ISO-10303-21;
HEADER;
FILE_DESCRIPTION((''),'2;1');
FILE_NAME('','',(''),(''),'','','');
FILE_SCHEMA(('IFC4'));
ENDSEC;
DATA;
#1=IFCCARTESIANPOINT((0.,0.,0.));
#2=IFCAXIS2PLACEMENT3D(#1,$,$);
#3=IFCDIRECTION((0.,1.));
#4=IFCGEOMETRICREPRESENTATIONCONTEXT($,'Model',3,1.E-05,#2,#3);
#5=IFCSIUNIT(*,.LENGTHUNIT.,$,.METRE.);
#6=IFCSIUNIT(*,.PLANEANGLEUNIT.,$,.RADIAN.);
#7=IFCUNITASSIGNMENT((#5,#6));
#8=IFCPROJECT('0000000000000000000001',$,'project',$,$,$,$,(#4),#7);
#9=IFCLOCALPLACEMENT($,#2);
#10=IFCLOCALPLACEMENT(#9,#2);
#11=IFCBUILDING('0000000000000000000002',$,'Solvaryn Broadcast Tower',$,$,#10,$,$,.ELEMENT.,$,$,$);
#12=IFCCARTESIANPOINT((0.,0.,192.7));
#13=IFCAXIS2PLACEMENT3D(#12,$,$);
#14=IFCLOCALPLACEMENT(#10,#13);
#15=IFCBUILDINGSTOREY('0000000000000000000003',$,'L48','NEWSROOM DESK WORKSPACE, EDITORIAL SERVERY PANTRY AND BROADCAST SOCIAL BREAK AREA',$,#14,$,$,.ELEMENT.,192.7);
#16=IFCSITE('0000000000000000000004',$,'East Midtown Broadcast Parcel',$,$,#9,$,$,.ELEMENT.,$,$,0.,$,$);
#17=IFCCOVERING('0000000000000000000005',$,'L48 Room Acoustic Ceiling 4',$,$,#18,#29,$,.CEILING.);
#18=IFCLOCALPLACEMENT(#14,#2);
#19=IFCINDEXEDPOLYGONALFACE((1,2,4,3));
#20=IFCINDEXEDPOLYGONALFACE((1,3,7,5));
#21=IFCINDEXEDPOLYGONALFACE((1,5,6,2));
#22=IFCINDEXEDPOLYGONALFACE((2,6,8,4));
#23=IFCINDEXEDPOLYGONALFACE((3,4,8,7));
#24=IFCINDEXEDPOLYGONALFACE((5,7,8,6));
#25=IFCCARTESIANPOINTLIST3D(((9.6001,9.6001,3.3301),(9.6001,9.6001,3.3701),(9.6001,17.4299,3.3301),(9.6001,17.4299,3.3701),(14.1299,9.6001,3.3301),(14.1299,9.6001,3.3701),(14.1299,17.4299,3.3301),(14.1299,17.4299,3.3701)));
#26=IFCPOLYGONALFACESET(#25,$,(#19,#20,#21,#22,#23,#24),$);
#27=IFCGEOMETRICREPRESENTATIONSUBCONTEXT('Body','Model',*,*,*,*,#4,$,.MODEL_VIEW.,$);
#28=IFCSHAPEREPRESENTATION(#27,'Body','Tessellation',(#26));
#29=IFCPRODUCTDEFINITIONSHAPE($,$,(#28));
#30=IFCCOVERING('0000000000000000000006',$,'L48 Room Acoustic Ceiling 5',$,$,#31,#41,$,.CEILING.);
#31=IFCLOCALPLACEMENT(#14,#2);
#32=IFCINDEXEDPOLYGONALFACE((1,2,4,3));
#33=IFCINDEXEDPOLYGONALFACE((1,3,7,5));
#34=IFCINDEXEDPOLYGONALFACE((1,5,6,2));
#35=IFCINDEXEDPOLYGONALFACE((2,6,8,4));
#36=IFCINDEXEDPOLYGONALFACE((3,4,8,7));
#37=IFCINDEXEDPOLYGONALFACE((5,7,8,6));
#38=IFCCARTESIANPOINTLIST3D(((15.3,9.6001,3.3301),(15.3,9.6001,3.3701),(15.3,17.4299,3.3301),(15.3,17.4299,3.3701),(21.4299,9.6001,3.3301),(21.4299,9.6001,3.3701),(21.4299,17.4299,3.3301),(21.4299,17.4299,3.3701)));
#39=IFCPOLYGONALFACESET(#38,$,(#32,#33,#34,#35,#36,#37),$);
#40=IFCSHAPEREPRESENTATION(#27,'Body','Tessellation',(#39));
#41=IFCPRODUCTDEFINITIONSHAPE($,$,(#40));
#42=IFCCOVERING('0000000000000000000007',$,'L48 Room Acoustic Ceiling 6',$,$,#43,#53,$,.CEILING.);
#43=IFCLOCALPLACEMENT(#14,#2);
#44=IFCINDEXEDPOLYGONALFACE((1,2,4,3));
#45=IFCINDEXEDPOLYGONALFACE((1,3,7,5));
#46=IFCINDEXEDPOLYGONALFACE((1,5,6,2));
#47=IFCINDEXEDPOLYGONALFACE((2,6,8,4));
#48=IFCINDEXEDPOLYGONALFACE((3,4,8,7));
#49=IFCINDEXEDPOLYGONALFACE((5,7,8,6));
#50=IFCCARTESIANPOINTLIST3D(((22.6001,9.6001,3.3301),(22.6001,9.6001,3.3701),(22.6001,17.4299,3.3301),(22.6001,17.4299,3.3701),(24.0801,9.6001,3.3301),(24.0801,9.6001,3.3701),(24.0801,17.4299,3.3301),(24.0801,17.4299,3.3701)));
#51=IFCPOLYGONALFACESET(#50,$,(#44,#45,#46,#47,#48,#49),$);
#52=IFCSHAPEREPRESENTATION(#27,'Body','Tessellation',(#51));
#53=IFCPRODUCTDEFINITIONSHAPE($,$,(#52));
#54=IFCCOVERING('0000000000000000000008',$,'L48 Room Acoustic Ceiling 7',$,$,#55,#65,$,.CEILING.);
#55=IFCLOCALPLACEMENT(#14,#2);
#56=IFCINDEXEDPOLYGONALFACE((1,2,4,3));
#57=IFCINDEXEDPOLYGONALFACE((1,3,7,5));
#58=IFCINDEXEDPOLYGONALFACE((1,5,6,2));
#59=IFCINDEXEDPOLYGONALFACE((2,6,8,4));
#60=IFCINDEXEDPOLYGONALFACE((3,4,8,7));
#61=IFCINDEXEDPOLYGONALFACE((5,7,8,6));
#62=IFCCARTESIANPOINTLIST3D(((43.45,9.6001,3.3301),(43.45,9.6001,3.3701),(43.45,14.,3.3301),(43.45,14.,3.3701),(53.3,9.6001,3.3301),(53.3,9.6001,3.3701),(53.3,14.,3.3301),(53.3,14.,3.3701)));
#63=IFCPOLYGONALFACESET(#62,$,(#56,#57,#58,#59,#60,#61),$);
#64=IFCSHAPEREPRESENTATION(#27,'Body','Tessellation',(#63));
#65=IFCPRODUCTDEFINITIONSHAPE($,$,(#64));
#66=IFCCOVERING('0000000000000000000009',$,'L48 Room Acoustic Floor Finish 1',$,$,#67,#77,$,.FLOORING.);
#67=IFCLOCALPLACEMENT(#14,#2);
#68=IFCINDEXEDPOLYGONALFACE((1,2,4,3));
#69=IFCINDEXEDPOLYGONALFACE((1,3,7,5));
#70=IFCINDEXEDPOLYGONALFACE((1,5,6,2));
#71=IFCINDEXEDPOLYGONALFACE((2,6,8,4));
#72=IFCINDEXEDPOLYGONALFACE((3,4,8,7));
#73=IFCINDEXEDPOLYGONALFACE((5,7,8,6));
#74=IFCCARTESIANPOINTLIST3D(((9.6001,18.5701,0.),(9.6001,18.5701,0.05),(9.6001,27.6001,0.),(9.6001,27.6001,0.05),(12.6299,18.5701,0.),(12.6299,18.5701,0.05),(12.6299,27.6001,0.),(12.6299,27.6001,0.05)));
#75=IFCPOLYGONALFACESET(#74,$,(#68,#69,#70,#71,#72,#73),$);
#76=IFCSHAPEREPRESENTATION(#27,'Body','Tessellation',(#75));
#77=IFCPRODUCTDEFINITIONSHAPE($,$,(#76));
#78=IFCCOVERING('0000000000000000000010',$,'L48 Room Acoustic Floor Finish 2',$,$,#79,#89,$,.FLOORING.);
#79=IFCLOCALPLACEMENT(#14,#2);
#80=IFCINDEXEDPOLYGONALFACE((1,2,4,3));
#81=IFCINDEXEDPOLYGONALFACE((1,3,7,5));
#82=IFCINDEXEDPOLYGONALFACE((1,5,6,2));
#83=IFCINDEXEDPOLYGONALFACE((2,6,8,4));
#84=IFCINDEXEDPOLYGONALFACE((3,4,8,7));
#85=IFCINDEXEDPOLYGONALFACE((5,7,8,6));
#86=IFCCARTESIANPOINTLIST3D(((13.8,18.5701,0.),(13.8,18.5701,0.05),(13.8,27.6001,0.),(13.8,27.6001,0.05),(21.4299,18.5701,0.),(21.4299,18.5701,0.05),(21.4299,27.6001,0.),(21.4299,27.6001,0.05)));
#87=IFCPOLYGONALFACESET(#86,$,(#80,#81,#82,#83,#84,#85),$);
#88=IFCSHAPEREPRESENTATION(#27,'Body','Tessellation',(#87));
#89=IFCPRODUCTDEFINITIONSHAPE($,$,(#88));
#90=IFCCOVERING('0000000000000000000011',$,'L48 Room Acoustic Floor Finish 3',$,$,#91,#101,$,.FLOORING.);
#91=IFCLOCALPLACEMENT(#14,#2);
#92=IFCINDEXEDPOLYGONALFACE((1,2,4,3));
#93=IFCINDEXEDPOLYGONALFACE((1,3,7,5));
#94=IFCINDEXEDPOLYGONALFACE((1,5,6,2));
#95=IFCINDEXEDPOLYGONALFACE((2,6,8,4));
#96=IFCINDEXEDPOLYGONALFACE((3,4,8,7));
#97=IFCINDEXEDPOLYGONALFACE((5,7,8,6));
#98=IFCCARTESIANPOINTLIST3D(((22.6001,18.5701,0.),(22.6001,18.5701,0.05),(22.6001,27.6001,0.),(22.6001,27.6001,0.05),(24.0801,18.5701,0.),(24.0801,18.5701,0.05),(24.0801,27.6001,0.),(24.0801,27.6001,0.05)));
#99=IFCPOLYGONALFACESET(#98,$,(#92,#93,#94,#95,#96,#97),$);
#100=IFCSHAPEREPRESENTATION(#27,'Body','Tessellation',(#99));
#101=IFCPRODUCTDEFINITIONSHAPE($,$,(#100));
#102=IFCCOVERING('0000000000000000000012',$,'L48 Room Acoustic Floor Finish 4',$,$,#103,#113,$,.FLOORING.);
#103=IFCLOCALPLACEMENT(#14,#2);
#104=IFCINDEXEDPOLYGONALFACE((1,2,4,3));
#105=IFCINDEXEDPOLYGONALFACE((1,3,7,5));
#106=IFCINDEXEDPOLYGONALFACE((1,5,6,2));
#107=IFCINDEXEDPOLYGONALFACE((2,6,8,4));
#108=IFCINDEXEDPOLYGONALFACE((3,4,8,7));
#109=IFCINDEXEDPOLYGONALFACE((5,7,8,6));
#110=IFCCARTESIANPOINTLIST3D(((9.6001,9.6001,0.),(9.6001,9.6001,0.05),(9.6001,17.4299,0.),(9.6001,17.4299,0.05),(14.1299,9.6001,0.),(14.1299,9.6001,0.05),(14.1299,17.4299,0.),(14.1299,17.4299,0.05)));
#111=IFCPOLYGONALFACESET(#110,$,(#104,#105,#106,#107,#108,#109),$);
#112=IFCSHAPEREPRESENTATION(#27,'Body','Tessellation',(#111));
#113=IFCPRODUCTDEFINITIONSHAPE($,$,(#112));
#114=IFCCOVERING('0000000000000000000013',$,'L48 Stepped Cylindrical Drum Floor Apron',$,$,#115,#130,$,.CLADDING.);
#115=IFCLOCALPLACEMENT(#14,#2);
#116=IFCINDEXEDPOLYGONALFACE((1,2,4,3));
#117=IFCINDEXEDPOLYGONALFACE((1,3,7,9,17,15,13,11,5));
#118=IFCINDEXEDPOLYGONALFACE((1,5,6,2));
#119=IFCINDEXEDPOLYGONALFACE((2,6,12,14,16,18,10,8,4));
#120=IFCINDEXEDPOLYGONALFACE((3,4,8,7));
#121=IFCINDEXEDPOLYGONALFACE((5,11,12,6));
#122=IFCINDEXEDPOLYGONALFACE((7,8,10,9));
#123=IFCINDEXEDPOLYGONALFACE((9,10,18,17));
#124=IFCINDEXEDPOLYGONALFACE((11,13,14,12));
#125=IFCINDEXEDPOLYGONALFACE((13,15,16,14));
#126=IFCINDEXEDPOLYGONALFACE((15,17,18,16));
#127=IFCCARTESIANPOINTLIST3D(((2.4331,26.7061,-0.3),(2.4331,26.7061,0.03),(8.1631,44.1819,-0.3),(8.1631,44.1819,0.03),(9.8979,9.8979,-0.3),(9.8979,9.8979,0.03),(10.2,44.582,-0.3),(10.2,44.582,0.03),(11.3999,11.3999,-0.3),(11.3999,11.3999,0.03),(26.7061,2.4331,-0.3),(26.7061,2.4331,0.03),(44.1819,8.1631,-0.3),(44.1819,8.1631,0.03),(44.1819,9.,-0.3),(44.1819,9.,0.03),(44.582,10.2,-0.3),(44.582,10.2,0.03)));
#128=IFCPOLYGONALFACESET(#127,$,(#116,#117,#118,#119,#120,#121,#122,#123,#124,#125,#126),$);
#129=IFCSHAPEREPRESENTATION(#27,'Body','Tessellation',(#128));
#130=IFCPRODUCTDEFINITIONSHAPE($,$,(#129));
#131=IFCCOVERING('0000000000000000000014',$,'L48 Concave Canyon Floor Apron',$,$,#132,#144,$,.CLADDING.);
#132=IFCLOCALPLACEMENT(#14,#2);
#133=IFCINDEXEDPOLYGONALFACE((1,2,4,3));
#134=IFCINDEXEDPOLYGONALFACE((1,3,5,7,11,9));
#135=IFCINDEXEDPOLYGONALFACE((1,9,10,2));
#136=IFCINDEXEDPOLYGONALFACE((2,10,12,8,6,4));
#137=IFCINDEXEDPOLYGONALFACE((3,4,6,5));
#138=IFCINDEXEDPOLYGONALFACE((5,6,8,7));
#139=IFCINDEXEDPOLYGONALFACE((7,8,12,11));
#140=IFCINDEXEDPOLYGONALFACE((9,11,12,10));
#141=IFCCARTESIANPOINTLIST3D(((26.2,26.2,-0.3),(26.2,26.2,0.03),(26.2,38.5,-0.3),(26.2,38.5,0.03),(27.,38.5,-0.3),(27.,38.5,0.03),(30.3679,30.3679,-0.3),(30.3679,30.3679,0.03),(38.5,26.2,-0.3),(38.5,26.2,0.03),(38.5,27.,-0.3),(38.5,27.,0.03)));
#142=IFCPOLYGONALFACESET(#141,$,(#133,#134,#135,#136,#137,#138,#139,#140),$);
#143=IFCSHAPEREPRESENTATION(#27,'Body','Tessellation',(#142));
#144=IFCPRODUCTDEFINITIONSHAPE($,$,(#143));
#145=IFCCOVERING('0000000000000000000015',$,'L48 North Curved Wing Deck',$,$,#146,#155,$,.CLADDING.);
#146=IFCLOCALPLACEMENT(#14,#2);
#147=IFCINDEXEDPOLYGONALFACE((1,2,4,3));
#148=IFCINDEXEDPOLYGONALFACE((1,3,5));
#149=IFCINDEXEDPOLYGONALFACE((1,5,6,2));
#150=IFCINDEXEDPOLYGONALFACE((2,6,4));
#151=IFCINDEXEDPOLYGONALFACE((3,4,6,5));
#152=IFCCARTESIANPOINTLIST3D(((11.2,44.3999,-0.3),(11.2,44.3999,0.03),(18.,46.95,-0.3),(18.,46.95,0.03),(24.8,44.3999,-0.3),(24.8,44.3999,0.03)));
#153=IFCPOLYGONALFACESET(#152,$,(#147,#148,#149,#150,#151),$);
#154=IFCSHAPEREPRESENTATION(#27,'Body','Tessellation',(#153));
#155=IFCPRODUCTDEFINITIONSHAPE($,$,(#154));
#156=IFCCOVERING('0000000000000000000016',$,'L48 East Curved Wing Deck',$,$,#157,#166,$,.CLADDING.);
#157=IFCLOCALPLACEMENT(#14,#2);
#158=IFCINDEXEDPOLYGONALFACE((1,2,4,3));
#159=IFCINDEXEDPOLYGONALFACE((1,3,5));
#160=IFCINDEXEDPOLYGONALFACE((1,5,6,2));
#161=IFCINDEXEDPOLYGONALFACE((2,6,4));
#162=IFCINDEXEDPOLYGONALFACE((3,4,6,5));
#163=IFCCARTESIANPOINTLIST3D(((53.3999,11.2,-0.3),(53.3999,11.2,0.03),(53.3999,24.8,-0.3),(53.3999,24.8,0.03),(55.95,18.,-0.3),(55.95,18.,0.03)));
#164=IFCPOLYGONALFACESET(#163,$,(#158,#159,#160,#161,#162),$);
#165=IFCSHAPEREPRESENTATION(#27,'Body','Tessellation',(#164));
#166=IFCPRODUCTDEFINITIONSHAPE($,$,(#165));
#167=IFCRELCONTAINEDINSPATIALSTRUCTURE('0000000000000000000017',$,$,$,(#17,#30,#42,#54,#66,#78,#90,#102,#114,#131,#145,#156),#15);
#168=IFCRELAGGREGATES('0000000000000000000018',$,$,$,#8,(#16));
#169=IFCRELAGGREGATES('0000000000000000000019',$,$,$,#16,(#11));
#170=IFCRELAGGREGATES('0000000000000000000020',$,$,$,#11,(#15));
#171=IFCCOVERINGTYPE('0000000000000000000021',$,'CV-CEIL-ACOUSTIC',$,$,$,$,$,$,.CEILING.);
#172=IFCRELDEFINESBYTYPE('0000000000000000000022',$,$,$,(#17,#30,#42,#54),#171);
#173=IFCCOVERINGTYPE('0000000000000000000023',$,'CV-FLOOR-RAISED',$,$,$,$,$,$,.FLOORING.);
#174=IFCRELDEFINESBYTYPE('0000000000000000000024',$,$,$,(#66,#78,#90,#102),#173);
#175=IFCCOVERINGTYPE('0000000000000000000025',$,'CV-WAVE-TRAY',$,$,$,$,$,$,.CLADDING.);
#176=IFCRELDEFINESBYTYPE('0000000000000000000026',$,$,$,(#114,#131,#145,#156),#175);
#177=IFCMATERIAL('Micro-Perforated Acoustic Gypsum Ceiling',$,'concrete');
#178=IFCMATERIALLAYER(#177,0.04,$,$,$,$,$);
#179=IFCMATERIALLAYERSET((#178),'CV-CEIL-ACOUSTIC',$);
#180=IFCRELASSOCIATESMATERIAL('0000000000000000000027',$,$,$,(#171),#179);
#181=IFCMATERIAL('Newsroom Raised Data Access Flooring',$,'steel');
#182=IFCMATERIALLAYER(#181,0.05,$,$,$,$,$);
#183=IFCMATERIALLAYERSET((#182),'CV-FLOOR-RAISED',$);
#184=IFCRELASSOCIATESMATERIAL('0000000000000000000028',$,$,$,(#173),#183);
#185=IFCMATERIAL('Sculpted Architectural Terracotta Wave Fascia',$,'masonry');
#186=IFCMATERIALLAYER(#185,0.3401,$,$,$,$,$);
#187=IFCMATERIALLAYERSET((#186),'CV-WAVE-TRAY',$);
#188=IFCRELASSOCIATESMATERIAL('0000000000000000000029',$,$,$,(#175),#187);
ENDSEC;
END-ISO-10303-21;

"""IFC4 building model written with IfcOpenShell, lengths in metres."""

from ifc_helpers import new_model, si_unit, direction, frame, origin, place, context, subcontext, project, spatial, polyline, outline, extrude, material, layer, layer_set, type_object, element, save


model = new_model("IFC4")

# Units and contexts
model_context = context("Model", 3, precision=1e-05, world=origin(), true_north=direction((0.0, 1.0)))
body_context = subcontext(model_context, "Body", "Model", "MODEL_VIEW")
ifc_project = project(units=[si_unit("LENGTHUNIT", "METRE"), si_unit("PLANEANGLEUNIT", "RADIAN")], contexts=[model_context])

# Site, building, storey
site_placement = place(None, origin())
site = spatial("IfcSite", under=ifc_project, at=site_placement, Name="East Midtown Broadcast Parcel", CompositionType="ELEMENT", RefElevation=0.0)
building_placement = place(site_placement, origin())
building = spatial("IfcBuilding", under=site, at=building_placement, Name="Solvaryn Broadcast Tower", CompositionType="ELEMENT")
storey_placement = place(building_placement, frame((0.0, 0.0, 192.7)))
storey = spatial("IfcBuildingStorey", under=building, at=storey_placement, Name="L48", Description="NEWSROOM DESK WORKSPACE, EDITORIAL SERVERY PANTRY AND BROADCAST SOCIAL BREAK AREA", CompositionType="ELEMENT", Elevation=192.7)

# Coverings
ifc_material_1 = material(Name="Micro-Perforated Acoustic Gypsum Ceiling", Category="concrete")
ifc_layer_1 = layer(ifc_material_1, 0.04)
ifc_layer_set_1 = layer_set([ifc_layer_1], Name="CV-CEIL-ACOUSTIC")
covering_type_1 = type_object("IfcCoveringType", Name="CV-CEIL-ACOUSTIC", PredefinedType="CEILING", material=ifc_layer_set_1)
covering_1_placement = place(storey_placement, frame((0.0, 0.0, 3.3301)))
element("IfcCovering", 1, at=covering_1_placement, inside=storey, type_object=covering_type_1, Name="L48 Room Acoustic Ceiling 4", PredefinedType="CEILING", context=body_context, shape_type="SweptSolid", body=[
    extrude(outline(polyline([(9.6001, 9.6001), (14.1299, 9.6001), (14.1299, 17.4299), (9.6001, 17.4299), (9.6001, 9.6001)])), origin(), (0.0, 0.0, 1.0), 0.04),
])
covering_2_placement = place(storey_placement, frame((0.0, 0.0, 3.3301)))
element("IfcCovering", 2, at=covering_2_placement, inside=storey, type_object=covering_type_1, Name="L48 Room Acoustic Ceiling 5", PredefinedType="CEILING", context=body_context, shape_type="SweptSolid", body=[
    extrude(outline(polyline([(15.3, 9.6001), (21.4299, 9.6001), (21.4299, 17.4299), (15.3, 17.4299), (15.3, 9.6001)])), origin(), (0.0, 0.0, 1.0), 0.04),
])
covering_3_placement = place(storey_placement, frame((0.0, 0.0, 3.3301)))
element("IfcCovering", 3, at=covering_3_placement, inside=storey, type_object=covering_type_1, Name="L48 Room Acoustic Ceiling 6", PredefinedType="CEILING", context=body_context, shape_type="SweptSolid", body=[
    extrude(outline(polyline([(22.6001, 9.6001), (24.0801, 9.6001), (24.0801, 17.4299), (22.6001, 17.4299), (22.6001, 9.6001)])), origin(), (0.0, 0.0, 1.0), 0.04),
])
covering_4_placement = place(storey_placement, frame((0.0, 0.0, 3.3301)))
element("IfcCovering", 4, at=covering_4_placement, inside=storey, type_object=covering_type_1, Name="L48 Room Acoustic Ceiling 7", PredefinedType="CEILING", context=body_context, shape_type="SweptSolid", body=[
    extrude(outline(polyline([(43.45, 9.6001), (53.3, 9.6001), (53.3, 14.0), (43.45, 14.0), (43.45, 9.6001)])), origin(), (0.0, 0.0, 1.0), 0.04),
])
ifc_material_2 = material(Name="Newsroom Raised Data Access Flooring", Category="steel")
ifc_layer_2 = layer(ifc_material_2, 0.05)
ifc_layer_set_2 = layer_set([ifc_layer_2], Name="CV-FLOOR-RAISED")
covering_type_2 = type_object("IfcCoveringType", Name="CV-FLOOR-RAISED", PredefinedType="FLOORING", material=ifc_layer_set_2)
covering_5_placement = place(storey_placement, origin())
element("IfcCovering", 5, at=covering_5_placement, inside=storey, type_object=covering_type_2, Name="L48 Room Acoustic Floor Finish 1", PredefinedType="FLOORING", context=body_context, shape_type="SweptSolid", body=[
    extrude(outline(polyline([(9.6001, 18.5701), (12.6299, 18.5701), (12.6299, 27.6001), (9.6001, 27.6001), (9.6001, 18.5701)])), origin(), (0.0, 0.0, 1.0), 0.05),
])
covering_6_placement = place(storey_placement, origin())
element("IfcCovering", 6, at=covering_6_placement, inside=storey, type_object=covering_type_2, Name="L48 Room Acoustic Floor Finish 2", PredefinedType="FLOORING", context=body_context, shape_type="SweptSolid", body=[
    extrude(outline(polyline([(13.8, 18.5701), (21.4299, 18.5701), (21.4299, 27.6001), (13.8, 27.6001), (13.8, 18.5701)])), origin(), (0.0, 0.0, 1.0), 0.05),
])
covering_7_placement = place(storey_placement, origin())
element("IfcCovering", 7, at=covering_7_placement, inside=storey, type_object=covering_type_2, Name="L48 Room Acoustic Floor Finish 3", PredefinedType="FLOORING", context=body_context, shape_type="SweptSolid", body=[
    extrude(outline(polyline([(22.6001, 18.5701), (24.0801, 18.5701), (24.0801, 27.6001), (22.6001, 27.6001), (22.6001, 18.5701)])), origin(), (0.0, 0.0, 1.0), 0.05),
])
covering_8_placement = place(storey_placement, origin())
element("IfcCovering", 8, at=covering_8_placement, inside=storey, type_object=covering_type_2, Name="L48 Room Acoustic Floor Finish 4", PredefinedType="FLOORING", context=body_context, shape_type="SweptSolid", body=[
    extrude(outline(polyline([(9.6001, 9.6001), (14.1299, 9.6001), (14.1299, 17.4299), (9.6001, 17.4299), (9.6001, 9.6001)])), origin(), (0.0, 0.0, 1.0), 0.05),
])
ifc_material_3 = material(Name="Sculpted Architectural Terracotta Wave Fascia", Category="masonry")
ifc_layer_3 = layer(ifc_material_3, 0.3401)
ifc_layer_set_3 = layer_set([ifc_layer_3], Name="CV-WAVE-TRAY")
covering_type_3 = type_object("IfcCoveringType", Name="CV-WAVE-TRAY", PredefinedType="CLADDING", material=ifc_layer_set_3)
covering_9_placement = place(storey_placement, frame((0.0, 0.0, -0.3)))
element("IfcCovering", 9, at=covering_9_placement, inside=storey, type_object=covering_type_3, Name="L48 Stepped Cylindrical Drum Floor Apron", PredefinedType="CLADDING", context=body_context, shape_type="SweptSolid", body=[
    extrude(outline(polyline([(10.2, 44.582), (8.1631, 44.1819), (2.4331, 26.7061), (9.8979, 9.8979), (26.7061, 2.4331), (44.1819, 8.1631), (44.1819, 9.0), (44.582, 10.2), (11.3999, 11.3999), (10.2, 44.582)])), origin(), (0.0, 0.0, 1.0), 0.3301),
])
covering_10_placement = place(storey_placement, frame((0.0, 0.0, -0.3)))
element("IfcCovering", 10, at=covering_10_placement, inside=storey, type_object=covering_type_3, Name="L48 Concave Canyon Floor Apron", PredefinedType="CLADDING", context=body_context, shape_type="SweptSolid", body=[
    extrude(outline(polyline([(26.2, 26.2), (38.5, 26.2), (38.5, 27.0), (30.3679, 30.3679), (27.0, 38.5), (26.2, 38.5), (26.2, 26.2)])), origin(), (0.0, 0.0, 1.0), 0.3301),
])
covering_11_placement = place(storey_placement, frame((0.0, 0.0, -0.3)))
element("IfcCovering", 11, at=covering_11_placement, inside=storey, type_object=covering_type_3, Name="L48 North Curved Wing Deck", PredefinedType="CLADDING", context=body_context, shape_type="SweptSolid", body=[
    extrude(outline(polyline([(11.2, 44.3999), (24.8, 44.3999), (18.0, 46.95), (11.2, 44.3999)])), origin(), (0.0, 0.0, 1.0), 0.3301),
])
covering_12_placement = place(storey_placement, frame((0.0, 0.0, -0.3)))
element("IfcCovering", 12, at=covering_12_placement, inside=storey, type_object=covering_type_3, Name="L48 East Curved Wing Deck", PredefinedType="CLADDING", context=body_context, shape_type="SweptSolid", body=[
    extrude(outline(polyline([(53.3999, 11.2), (55.95, 18.0), (53.3999, 24.8), (53.3999, 11.2)])), origin(), (0.0, 0.0, 1.0), 0.3301),
])

save(model, "model.ifc")
